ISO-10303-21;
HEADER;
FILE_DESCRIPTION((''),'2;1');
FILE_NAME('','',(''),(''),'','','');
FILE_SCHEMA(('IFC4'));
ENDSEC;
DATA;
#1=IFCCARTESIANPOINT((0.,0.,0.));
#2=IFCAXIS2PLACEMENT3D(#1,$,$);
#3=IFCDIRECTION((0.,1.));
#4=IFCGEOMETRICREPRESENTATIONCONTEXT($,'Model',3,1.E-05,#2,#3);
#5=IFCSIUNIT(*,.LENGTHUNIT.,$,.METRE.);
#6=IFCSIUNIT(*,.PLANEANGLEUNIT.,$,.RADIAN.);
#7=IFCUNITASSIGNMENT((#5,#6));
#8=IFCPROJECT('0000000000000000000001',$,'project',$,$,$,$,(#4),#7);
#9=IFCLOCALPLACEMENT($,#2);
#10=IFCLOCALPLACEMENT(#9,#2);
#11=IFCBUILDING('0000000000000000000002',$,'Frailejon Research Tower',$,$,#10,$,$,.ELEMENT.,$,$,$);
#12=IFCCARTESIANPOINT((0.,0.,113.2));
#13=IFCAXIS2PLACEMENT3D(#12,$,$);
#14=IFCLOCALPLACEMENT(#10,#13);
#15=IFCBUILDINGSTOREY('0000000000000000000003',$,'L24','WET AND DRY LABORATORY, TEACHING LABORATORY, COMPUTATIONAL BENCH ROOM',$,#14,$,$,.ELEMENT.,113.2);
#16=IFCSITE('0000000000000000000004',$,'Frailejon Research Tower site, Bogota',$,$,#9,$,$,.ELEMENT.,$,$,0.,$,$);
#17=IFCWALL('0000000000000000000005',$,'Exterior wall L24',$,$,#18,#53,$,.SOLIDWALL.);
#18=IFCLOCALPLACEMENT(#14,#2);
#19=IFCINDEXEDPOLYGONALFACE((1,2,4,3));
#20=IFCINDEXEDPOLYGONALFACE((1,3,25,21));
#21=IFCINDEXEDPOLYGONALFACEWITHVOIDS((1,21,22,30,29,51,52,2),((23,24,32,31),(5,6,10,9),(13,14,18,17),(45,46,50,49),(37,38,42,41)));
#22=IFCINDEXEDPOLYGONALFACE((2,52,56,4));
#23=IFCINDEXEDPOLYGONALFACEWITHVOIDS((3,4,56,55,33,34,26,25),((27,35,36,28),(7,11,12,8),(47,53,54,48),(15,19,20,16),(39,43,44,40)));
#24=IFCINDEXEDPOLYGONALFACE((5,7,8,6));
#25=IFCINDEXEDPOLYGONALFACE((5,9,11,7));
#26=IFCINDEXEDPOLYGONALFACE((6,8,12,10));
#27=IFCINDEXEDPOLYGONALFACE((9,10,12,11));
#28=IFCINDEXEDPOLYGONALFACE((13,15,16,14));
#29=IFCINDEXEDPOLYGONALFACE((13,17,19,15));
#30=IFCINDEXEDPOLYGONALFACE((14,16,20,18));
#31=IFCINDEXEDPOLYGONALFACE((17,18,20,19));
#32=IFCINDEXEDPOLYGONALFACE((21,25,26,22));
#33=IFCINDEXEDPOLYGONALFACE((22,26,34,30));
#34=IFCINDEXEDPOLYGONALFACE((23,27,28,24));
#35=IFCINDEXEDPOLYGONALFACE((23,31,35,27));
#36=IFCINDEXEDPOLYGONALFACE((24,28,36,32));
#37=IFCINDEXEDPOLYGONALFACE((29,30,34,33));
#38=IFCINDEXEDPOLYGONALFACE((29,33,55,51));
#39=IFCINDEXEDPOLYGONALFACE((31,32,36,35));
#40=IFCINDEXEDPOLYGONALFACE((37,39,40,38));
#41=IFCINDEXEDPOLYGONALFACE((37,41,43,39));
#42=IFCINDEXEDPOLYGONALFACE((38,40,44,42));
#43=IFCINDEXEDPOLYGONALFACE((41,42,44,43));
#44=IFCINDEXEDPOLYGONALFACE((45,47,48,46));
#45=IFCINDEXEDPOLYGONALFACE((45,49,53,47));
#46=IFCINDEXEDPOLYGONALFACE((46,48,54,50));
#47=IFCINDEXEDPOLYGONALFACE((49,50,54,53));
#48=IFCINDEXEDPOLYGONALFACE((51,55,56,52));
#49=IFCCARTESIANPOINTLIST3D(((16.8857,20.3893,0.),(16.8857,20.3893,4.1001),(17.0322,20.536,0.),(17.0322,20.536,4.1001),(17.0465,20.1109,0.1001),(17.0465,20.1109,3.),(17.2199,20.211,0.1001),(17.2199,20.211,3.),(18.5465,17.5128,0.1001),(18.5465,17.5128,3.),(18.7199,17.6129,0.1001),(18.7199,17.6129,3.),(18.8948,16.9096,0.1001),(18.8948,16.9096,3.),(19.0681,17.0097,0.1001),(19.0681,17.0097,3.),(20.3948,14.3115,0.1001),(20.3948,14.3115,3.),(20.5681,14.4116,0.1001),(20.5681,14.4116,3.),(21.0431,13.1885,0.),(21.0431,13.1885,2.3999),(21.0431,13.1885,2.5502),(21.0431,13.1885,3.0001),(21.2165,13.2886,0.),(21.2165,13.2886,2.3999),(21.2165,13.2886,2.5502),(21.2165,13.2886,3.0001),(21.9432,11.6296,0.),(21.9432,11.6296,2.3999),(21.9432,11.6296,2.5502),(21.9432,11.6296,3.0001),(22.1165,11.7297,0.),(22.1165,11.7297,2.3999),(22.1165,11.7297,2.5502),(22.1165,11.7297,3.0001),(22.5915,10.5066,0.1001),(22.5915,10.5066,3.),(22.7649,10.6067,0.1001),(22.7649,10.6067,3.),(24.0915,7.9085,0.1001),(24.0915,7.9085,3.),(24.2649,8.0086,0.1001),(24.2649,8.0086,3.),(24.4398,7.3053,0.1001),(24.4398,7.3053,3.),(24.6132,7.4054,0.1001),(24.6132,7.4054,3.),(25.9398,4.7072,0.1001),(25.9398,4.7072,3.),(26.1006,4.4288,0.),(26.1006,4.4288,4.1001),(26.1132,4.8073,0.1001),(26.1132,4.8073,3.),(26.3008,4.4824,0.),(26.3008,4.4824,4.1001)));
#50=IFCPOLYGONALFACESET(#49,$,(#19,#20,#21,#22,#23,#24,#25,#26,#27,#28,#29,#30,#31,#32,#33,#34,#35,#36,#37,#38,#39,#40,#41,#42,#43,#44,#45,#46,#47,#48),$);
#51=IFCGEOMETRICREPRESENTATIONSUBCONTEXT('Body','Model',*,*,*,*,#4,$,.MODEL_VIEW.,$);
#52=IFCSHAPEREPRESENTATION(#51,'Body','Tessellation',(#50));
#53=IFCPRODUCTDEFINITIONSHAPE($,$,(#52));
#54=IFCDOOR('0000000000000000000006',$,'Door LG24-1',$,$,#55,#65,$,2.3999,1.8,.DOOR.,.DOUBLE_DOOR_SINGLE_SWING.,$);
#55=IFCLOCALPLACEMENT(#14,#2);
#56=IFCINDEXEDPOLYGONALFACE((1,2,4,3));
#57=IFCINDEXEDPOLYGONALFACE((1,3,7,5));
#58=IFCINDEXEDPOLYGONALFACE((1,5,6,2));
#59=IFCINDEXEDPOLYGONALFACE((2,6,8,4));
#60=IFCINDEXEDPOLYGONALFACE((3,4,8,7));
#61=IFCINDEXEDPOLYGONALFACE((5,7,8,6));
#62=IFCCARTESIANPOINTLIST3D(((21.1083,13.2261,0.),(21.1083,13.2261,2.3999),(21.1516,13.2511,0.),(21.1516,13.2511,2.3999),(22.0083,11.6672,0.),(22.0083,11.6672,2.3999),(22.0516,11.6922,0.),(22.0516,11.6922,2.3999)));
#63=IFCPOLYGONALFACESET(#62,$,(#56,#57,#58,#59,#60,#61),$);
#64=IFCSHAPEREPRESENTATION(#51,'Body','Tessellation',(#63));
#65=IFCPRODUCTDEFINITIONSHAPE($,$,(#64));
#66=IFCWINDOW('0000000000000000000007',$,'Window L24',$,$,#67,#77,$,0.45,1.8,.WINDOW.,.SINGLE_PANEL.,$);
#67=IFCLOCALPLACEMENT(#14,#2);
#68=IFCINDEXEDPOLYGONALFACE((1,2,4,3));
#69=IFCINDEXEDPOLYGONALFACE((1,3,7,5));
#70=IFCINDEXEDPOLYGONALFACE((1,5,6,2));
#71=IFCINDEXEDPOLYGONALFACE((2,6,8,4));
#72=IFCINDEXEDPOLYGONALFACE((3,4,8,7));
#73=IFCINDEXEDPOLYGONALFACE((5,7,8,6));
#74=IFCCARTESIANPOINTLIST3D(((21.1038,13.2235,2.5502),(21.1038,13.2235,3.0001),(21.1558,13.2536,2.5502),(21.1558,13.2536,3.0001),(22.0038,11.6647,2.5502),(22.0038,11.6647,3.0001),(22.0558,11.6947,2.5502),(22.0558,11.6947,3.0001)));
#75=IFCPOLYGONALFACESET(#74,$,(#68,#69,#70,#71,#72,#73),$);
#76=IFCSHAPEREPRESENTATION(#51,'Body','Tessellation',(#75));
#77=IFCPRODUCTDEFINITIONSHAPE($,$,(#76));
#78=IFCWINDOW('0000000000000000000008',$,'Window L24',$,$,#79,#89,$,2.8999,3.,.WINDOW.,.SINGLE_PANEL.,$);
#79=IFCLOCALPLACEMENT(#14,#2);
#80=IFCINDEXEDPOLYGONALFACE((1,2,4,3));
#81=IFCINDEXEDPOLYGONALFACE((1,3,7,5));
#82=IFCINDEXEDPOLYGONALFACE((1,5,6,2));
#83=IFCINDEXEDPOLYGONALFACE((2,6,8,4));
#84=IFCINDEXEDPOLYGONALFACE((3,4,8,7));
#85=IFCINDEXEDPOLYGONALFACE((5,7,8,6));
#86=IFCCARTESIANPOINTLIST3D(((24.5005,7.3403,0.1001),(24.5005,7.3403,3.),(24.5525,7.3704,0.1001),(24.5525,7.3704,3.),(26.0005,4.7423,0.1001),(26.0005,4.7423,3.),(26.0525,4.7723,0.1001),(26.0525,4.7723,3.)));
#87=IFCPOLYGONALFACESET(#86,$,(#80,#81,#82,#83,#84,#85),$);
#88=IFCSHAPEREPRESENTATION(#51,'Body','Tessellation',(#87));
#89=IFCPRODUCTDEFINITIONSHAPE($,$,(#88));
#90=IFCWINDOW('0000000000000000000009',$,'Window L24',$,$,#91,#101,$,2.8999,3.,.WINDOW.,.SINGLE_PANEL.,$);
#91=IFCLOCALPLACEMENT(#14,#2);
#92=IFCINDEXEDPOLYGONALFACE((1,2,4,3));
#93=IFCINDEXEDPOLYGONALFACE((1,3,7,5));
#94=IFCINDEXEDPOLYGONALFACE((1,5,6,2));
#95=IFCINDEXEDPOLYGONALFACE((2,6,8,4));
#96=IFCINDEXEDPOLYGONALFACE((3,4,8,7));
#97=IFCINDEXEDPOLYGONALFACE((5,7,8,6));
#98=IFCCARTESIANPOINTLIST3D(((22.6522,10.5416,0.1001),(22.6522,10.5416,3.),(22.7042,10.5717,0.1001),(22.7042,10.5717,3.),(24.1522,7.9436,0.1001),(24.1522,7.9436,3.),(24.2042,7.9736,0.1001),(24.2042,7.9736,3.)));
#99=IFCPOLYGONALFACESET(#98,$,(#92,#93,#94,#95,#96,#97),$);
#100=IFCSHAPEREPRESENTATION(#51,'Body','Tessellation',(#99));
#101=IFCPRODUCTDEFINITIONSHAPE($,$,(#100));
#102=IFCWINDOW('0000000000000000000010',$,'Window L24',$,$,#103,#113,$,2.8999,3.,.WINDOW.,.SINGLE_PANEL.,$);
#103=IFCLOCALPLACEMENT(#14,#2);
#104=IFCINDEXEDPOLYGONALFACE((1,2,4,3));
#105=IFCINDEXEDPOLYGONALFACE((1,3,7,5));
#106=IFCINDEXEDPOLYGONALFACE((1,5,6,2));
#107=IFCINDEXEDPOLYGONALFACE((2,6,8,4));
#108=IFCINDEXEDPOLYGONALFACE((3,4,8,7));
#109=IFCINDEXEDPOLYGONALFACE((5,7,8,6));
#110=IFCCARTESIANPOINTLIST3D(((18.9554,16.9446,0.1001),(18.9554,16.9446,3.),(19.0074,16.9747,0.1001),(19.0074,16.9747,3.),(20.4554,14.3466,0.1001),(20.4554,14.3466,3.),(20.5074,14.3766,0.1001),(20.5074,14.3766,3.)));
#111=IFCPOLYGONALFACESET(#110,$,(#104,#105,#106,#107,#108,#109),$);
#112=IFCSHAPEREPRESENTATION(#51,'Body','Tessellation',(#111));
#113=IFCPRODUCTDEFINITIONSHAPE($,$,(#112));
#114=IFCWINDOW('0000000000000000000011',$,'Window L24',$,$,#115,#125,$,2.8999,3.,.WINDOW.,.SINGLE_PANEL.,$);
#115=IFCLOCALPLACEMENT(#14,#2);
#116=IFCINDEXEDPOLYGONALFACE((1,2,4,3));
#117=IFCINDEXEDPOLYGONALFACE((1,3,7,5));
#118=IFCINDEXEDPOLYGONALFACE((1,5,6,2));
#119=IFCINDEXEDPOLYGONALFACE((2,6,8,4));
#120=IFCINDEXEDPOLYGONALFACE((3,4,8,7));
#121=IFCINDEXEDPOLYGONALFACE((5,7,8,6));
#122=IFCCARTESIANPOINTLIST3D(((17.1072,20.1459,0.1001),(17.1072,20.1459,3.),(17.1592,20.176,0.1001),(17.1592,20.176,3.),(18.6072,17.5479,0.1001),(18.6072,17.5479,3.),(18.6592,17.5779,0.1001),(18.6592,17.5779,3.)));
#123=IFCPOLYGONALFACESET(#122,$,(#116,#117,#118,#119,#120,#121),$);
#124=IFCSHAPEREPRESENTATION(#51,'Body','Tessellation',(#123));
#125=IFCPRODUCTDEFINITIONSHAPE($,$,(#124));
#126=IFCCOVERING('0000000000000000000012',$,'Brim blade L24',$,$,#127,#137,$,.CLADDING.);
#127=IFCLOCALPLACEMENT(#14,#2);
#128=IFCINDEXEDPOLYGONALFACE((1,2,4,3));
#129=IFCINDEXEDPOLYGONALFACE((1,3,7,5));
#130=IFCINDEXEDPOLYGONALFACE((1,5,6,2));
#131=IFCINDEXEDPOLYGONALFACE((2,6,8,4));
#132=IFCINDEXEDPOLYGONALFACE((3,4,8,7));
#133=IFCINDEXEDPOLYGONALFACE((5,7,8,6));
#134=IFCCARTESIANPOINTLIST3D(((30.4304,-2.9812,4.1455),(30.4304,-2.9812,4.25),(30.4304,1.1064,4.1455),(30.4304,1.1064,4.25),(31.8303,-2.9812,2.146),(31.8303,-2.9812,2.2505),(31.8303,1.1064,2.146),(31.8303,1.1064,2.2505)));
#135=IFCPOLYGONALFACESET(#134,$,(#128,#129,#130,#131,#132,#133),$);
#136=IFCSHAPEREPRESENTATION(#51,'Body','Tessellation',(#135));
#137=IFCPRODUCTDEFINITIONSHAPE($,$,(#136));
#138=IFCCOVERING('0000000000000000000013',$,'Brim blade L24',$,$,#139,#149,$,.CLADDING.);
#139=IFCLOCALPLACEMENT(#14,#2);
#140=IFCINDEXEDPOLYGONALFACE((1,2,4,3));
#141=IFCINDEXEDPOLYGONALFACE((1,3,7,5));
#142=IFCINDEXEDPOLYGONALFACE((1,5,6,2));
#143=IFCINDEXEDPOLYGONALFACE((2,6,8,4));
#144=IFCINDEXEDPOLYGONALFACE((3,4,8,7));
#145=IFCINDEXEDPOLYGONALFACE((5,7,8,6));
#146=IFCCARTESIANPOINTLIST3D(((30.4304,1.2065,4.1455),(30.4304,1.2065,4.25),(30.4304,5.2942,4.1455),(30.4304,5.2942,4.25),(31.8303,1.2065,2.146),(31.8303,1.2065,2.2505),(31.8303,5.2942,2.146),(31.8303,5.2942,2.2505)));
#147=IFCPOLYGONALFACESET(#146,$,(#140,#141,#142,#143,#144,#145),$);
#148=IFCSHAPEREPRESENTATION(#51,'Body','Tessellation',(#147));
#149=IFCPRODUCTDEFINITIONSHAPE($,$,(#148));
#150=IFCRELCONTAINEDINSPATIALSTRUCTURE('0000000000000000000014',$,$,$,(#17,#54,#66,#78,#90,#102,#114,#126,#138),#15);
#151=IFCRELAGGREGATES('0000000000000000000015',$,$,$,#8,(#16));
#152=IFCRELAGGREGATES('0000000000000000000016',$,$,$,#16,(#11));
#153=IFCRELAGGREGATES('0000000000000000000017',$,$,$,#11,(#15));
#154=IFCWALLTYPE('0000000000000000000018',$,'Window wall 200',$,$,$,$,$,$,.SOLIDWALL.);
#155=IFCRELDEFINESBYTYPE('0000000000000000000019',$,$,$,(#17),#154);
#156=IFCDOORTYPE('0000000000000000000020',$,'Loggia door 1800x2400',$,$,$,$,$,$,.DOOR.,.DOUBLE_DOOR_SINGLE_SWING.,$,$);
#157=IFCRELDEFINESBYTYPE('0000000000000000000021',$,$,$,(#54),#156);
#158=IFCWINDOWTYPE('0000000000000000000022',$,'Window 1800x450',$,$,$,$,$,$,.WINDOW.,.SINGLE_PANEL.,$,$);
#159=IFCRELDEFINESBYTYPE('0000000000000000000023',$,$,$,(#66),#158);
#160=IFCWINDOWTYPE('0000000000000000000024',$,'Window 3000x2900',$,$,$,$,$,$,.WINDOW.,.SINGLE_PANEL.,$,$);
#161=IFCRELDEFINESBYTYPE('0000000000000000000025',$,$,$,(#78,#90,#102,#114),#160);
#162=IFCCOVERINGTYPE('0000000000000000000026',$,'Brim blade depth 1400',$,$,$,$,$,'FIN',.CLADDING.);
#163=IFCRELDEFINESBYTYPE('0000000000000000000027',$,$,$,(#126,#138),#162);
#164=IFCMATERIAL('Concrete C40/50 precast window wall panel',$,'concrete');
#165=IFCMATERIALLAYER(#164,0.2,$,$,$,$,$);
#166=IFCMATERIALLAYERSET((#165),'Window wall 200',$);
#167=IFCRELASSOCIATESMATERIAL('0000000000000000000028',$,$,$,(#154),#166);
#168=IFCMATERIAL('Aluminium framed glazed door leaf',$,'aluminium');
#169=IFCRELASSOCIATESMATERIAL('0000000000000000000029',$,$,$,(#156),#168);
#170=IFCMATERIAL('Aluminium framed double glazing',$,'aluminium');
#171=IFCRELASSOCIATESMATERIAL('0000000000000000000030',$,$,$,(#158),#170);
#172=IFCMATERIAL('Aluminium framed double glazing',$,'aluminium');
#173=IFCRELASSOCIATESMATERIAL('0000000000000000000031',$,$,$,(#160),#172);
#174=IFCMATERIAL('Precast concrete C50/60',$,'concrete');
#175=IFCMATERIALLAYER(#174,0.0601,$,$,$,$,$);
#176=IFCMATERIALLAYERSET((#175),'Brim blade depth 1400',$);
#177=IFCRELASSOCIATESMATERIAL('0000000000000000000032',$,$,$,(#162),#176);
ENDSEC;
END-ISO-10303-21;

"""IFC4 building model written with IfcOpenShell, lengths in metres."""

from ifc_helpers import new_model, si_unit, direction, frame, frame_2d, origin, place, context, subcontext, project, spatial, polyline, rectangle, outline, extrude, material, layer, layer_set, type_object, element, fill, save


model = new_model("IFC4")

# Units and contexts
model_context = context("Model", 3, precision=1e-05, world=origin(), true_north=direction((0.0, 1.0)))
body_context = subcontext(model_context, "Body", "Model", "MODEL_VIEW")
ifc_project = project(units=[si_unit("LENGTHUNIT", "METRE"), si_unit("PLANEANGLEUNIT", "RADIAN")], contexts=[model_context])

# Site, building, storey
site_placement = place(None, origin())
site = spatial("IfcSite", under=ifc_project, at=site_placement, Name="Frailejon Research Tower site, Bogota", CompositionType="ELEMENT", RefElevation=0.0)
building_placement = place(site_placement, origin())
building = spatial("IfcBuilding", under=site, at=building_placement, Name="Frailejon Research Tower", CompositionType="ELEMENT")
storey_placement = place(building_placement, frame((0.0, 0.0, 113.2)))
storey = spatial("IfcBuildingStorey", under=building, at=storey_placement, Name="L24", Description="WET AND DRY LABORATORY, TEACHING LABORATORY, COMPUTATIONAL BENCH ROOM", CompositionType="ELEMENT", Elevation=113.2)

# Wall, openings, door, windows
ifc_material_1 = material(Name="Concrete C40/50 precast window wall panel", Category="concrete")
ifc_layer_1 = layer(ifc_material_1, 0.2)
ifc_layer_set_1 = layer_set([ifc_layer_1], Name="Window wall 200")
wall_type_1 = type_object("IfcWallType", Name="Window wall 200", PredefinedType="SOLIDWALL", material=ifc_layer_set_1)
wall_1_placement = place(storey_placement, frame((26.2007, 4.4556, 0.0), z_axis=(0.0, 0.0, 1.0), x_axis=(-0.5, 0.866025, 0.0)))
wall_1 = element("IfcWall", 1, at=wall_1_placement, inside=storey, type_object=wall_type_1, Name="Exterior wall L24", PredefinedType="SOLIDWALL", context=body_context, shape_type="SweptSolid", body=[
    extrude(outline(polyline([(-0.0269, -0.1001), (1.0029, -0.1001), (2.0327, -0.1001), (3.0627, -0.1001), (4.0925, -0.1001), (5.1223, -0.1001), (6.1521, -0.1001), (7.1821, -0.1001), (8.2119, -0.1001), (9.2417, -0.1001), (10.2715, -0.1001), (11.3013, -0.1001), (12.3313, -0.1001), (13.3611, -0.1001), (14.3909, -0.1001), (15.4207, -0.1001), (16.4507, -0.1001), (17.4805, -0.1001), (18.5103, -0.1001), (18.4565, 0.1001), (17.4326, 0.1001), (16.4087, 0.1001), (15.385, 0.1001), (14.3611, 0.1001), (13.3372, 0.1001), (12.3132, 0.1001), (11.2896, 0.1001), (10.2656, 0.1001), (9.2417, 0.1001), (8.2178, 0.1001), (7.1938, 0.1001), (6.1702, 0.1001), (5.1462, 0.1001), (4.1223, 0.1001), (3.0984, 0.1001), (2.0747, 0.1001), (1.0508, 0.1001), (0.0269, 0.1001), (-0.0269, -0.1001)])), origin(), (0.0, 0.0, 1.0), 4.1001),
])
opening_1_placement = place(wall_1_placement, frame((0.3484, 0.0, 0.1001)))
opening_1 = element("IfcOpeningElement", 2, at=opening_1_placement, cuts=wall_1, PredefinedType="OPENING", context=body_context, shape_type="SweptSolid", body=[
    extrude(rectangle(XDim=3.0, YDim=2.8999, at=frame_2d((1.5, 1.45))), frame((0.0, 0.1099, 0.0), z_axis=(0.0, -1.0, 0.0), x_axis=(1.0, 0.0, 0.0)), (0.0, 0.0, 1.0), 0.22),
])
opening_2_placement = place(wall_1_placement, frame((4.0449, 0.0, 0.1001)))
opening_2 = element("IfcOpeningElement", 3, at=opening_2_placement, cuts=wall_1, PredefinedType="OPENING", context=body_context, shape_type="SweptSolid", body=[
    extrude(rectangle(XDim=3.0, YDim=2.8999, at=frame_2d((1.5, 1.45))), frame((0.0, 0.1099, 0.0), z_axis=(0.0, -1.0, 0.0), x_axis=(1.0, 0.0, 0.0)), (0.0, 0.0, 1.0), 0.22),
])
opening_3_placement = place(wall_1_placement, frame((8.3418, 0.0, 0.0)))
opening_3 = element("IfcOpeningElement", 4, at=opening_3_placement, cuts=wall_1, PredefinedType="OPENING", context=body_context, shape_type="SweptSolid", body=[
    extrude(rectangle(XDim=1.8, YDim=2.3999, at=frame_2d((0.8999, 1.2))), frame((0.0, 0.1099, 0.0), z_axis=(0.0, -1.0, 0.0), x_axis=(1.0, 0.0, 0.0)), (0.0, 0.0, 1.0), 0.22),
])
opening_4_placement = place(wall_1_placement, frame((8.3418, 0.0, 2.55)))
opening_4 = element("IfcOpeningElement", 5, at=opening_4_placement, cuts=wall_1, PredefinedType="OPENING", context=body_context, shape_type="SweptSolid", body=[
    extrude(rectangle(XDim=1.8, YDim=0.45, at=frame_2d((0.8999, 0.2251))), frame((0.0, 0.1099, 0.0), z_axis=(0.0, -1.0, 0.0), x_axis=(1.0, 0.0, 0.0)), (0.0, 0.0, 1.0), 0.22),
])
opening_5_placement = place(wall_1_placement, frame((11.4385, 0.0, 0.1001)))
opening_5 = element("IfcOpeningElement", 6, at=opening_5_placement, cuts=wall_1, PredefinedType="OPENING", context=body_context, shape_type="SweptSolid", body=[
    extrude(rectangle(XDim=3.0, YDim=2.8999, at=frame_2d((1.5, 1.45))), frame((0.0, 0.1099, 0.0), z_axis=(0.0, -1.0, 0.0), x_axis=(1.0, 0.0, 0.0)), (0.0, 0.0, 1.0), 0.22),
])
opening_6_placement = place(wall_1_placement, frame((15.135, 0.0, 0.1001)))
opening_6 = element("IfcOpeningElement", 7, at=opening_6_placement, cuts=wall_1, PredefinedType="OPENING", context=body_context, shape_type="SweptSolid", body=[
    extrude(rectangle(XDim=3.0, YDim=2.8999, at=frame_2d((1.5, 1.45))), frame((0.0, 0.1099, 0.0), z_axis=(0.0, -1.0, 0.0), x_axis=(1.0, 0.0, 0.0)), (0.0, 0.0, 1.0), 0.22),
])
ifc_material_2 = material(Name="Aluminium framed glazed door leaf", Category="aluminium")
door_type_1 = type_object("IfcDoorType", Name="Loggia door 1800x2400", OperationType="DOUBLE_DOOR_SINGLE_SWING", PredefinedType="DOOR", material=ifc_material_2)
door_1_placement = place(opening_3_placement, origin())
door_1 = element("IfcDoor", 8, at=door_1_placement, inside=storey, type_object=door_type_1, Name="Door LG24-1", OperationType="DOUBLE_DOOR_SINGLE_SWING", OverallHeight=2.3999, OverallWidth=1.8, PredefinedType="DOOR", context=body_context, shape_type="SweptSolid", body=[
    extrude(rectangle(XDim=1.8, YDim=2.3999, at=frame_2d((0.8999, 1.2))), frame((0.0, 0.0249, 0.0), z_axis=(0.0, -1.0, 0.0), x_axis=(1.0, 0.0, 0.0)), (0.0, 0.0, 1.0), 0.05),
])
fill(opening_3, door_1)
ifc_material_3 = material(Name="Aluminium framed double glazing", Category="aluminium")
window_type_1 = type_object("IfcWindowType", Name="Window 1800x450", PartitioningType="SINGLE_PANEL", PredefinedType="WINDOW", material=ifc_material_3)
window_1_placement = place(opening_4_placement, origin())
window_1 = element("IfcWindow", 9, at=window_1_placement, inside=storey, type_object=window_type_1, Name="Window L24", OverallHeight=0.45, OverallWidth=1.8, PartitioningType="SINGLE_PANEL", PredefinedType="WINDOW", context=body_context, shape_type="SweptSolid", body=[
    extrude(rectangle(XDim=1.8, YDim=0.45, at=frame_2d((0.8999, 0.2251))), frame((0.0, 0.03, 0.0), z_axis=(0.0, -1.0, 0.0), x_axis=(1.0, 0.0, 0.0)), (0.0, 0.0, 1.0), 0.0601),
])
fill(opening_4, window_1)
ifc_material_4 = material(Name="Aluminium framed double glazing", Category="aluminium")
window_type_2 = type_object("IfcWindowType", Name="Window 3000x2900", PartitioningType="SINGLE_PANEL", PredefinedType="WINDOW", material=ifc_material_4)
window_2_placement = place(opening_1_placement, origin())
window_2 = element("IfcWindow", 10, at=window_2_placement, inside=storey, type_object=window_type_2, Name="Window L24", OverallHeight=2.8999, OverallWidth=3.0, PartitioningType="SINGLE_PANEL", PredefinedType="WINDOW", context=body_context, shape_type="SweptSolid", body=[
    extrude(rectangle(XDim=3.0, YDim=2.8999, at=frame_2d((1.5, 1.45))), frame((0.0, 0.03, 0.0), z_axis=(0.0, -1.0, 0.0), x_axis=(1.0, 0.0, 0.0)), (0.0, 0.0, 1.0), 0.0601),
])
fill(opening_1, window_2)
window_3_placement = place(opening_2_placement, origin())
window_3 = element("IfcWindow", 11, at=window_3_placement, inside=storey, type_object=window_type_2, Name="Window L24", OverallHeight=2.8999, OverallWidth=3.0, PartitioningType="SINGLE_PANEL", PredefinedType="WINDOW", context=body_context, shape_type="SweptSolid", body=[
    extrude(rectangle(XDim=3.0, YDim=2.8999, at=frame_2d((1.5, 1.45))), frame((0.0, 0.03, 0.0), z_axis=(0.0, -1.0, 0.0), x_axis=(1.0, 0.0, 0.0)), (0.0, 0.0, 1.0), 0.0601),
])
fill(opening_2, window_3)
window_4_placement = place(opening_5_placement, origin())
window_4 = element("IfcWindow", 12, at=window_4_placement, inside=storey, type_object=window_type_2, Name="Window L24", OverallHeight=2.8999, OverallWidth=3.0, PartitioningType="SINGLE_PANEL", PredefinedType="WINDOW", context=body_context, shape_type="SweptSolid", body=[
    extrude(rectangle(XDim=3.0, YDim=2.8999, at=frame_2d((1.5, 1.45))), frame((0.0, 0.03, 0.0), z_axis=(0.0, -1.0, 0.0), x_axis=(1.0, 0.0, 0.0)), (0.0, 0.0, 1.0), 0.0601),
])
fill(opening_5, window_4)
window_5_placement = place(opening_6_placement, origin())
window_5 = element("IfcWindow", 13, at=window_5_placement, inside=storey, type_object=window_type_2, Name="Window L24", OverallHeight=2.8999, OverallWidth=3.0, PartitioningType="SINGLE_PANEL", PredefinedType="WINDOW", context=body_context, shape_type="SweptSolid", body=[
    extrude(rectangle(XDim=3.0, YDim=2.8999, at=frame_2d((1.5, 1.45))), frame((0.0, 0.03, 0.0), z_axis=(0.0, -1.0, 0.0), x_axis=(1.0, 0.0, 0.0)), (0.0, 0.0, 1.0), 0.0601),
])
fill(opening_6, window_5)

# Coverings
ifc_material_5 = material(Name="Precast concrete C50/60", Category="concrete")
ifc_layer_2 = layer(ifc_material_5, 0.0601)
ifc_layer_set_2 = layer_set([ifc_layer_2], Name="Brim blade depth 1400")
covering_type = type_object("IfcCoveringType", Name="Brim blade depth 1400", ElementType="FIN", PredefinedType="CLADDING", material=ifc_layer_set_2)
for number, where, z_axis, x_axis, name in (
    (14, (30.4304, 1.1064, 4.25), (0.0, -1.0, 0.0), (1.0, 0.0, 0.0), "Brim blade L24"),
    (15, (30.4304, 5.2942, 4.25), (0.0, -1.0, 0.0), (1.0, 0.0, 0.0), "Brim blade L24"),
):
    element("IfcCovering", number, at=place(storey_placement, frame(where, z_axis=z_axis, x_axis=x_axis)), inside=storey, type_object=covering_type, Name=name, PredefinedType="CLADDING", context=body_context, shape_type="SweptSolid", body=[
        extrude(outline(polyline([(0.0, -0.1045), (1.3999, -2.104), (1.3999, -1.9995), (0.0, 0.0), (0.0, -0.1045)])), origin(), (0.0, 0.0, 1.0), 4.0876),
    ])

save(model, "model.ifc")
